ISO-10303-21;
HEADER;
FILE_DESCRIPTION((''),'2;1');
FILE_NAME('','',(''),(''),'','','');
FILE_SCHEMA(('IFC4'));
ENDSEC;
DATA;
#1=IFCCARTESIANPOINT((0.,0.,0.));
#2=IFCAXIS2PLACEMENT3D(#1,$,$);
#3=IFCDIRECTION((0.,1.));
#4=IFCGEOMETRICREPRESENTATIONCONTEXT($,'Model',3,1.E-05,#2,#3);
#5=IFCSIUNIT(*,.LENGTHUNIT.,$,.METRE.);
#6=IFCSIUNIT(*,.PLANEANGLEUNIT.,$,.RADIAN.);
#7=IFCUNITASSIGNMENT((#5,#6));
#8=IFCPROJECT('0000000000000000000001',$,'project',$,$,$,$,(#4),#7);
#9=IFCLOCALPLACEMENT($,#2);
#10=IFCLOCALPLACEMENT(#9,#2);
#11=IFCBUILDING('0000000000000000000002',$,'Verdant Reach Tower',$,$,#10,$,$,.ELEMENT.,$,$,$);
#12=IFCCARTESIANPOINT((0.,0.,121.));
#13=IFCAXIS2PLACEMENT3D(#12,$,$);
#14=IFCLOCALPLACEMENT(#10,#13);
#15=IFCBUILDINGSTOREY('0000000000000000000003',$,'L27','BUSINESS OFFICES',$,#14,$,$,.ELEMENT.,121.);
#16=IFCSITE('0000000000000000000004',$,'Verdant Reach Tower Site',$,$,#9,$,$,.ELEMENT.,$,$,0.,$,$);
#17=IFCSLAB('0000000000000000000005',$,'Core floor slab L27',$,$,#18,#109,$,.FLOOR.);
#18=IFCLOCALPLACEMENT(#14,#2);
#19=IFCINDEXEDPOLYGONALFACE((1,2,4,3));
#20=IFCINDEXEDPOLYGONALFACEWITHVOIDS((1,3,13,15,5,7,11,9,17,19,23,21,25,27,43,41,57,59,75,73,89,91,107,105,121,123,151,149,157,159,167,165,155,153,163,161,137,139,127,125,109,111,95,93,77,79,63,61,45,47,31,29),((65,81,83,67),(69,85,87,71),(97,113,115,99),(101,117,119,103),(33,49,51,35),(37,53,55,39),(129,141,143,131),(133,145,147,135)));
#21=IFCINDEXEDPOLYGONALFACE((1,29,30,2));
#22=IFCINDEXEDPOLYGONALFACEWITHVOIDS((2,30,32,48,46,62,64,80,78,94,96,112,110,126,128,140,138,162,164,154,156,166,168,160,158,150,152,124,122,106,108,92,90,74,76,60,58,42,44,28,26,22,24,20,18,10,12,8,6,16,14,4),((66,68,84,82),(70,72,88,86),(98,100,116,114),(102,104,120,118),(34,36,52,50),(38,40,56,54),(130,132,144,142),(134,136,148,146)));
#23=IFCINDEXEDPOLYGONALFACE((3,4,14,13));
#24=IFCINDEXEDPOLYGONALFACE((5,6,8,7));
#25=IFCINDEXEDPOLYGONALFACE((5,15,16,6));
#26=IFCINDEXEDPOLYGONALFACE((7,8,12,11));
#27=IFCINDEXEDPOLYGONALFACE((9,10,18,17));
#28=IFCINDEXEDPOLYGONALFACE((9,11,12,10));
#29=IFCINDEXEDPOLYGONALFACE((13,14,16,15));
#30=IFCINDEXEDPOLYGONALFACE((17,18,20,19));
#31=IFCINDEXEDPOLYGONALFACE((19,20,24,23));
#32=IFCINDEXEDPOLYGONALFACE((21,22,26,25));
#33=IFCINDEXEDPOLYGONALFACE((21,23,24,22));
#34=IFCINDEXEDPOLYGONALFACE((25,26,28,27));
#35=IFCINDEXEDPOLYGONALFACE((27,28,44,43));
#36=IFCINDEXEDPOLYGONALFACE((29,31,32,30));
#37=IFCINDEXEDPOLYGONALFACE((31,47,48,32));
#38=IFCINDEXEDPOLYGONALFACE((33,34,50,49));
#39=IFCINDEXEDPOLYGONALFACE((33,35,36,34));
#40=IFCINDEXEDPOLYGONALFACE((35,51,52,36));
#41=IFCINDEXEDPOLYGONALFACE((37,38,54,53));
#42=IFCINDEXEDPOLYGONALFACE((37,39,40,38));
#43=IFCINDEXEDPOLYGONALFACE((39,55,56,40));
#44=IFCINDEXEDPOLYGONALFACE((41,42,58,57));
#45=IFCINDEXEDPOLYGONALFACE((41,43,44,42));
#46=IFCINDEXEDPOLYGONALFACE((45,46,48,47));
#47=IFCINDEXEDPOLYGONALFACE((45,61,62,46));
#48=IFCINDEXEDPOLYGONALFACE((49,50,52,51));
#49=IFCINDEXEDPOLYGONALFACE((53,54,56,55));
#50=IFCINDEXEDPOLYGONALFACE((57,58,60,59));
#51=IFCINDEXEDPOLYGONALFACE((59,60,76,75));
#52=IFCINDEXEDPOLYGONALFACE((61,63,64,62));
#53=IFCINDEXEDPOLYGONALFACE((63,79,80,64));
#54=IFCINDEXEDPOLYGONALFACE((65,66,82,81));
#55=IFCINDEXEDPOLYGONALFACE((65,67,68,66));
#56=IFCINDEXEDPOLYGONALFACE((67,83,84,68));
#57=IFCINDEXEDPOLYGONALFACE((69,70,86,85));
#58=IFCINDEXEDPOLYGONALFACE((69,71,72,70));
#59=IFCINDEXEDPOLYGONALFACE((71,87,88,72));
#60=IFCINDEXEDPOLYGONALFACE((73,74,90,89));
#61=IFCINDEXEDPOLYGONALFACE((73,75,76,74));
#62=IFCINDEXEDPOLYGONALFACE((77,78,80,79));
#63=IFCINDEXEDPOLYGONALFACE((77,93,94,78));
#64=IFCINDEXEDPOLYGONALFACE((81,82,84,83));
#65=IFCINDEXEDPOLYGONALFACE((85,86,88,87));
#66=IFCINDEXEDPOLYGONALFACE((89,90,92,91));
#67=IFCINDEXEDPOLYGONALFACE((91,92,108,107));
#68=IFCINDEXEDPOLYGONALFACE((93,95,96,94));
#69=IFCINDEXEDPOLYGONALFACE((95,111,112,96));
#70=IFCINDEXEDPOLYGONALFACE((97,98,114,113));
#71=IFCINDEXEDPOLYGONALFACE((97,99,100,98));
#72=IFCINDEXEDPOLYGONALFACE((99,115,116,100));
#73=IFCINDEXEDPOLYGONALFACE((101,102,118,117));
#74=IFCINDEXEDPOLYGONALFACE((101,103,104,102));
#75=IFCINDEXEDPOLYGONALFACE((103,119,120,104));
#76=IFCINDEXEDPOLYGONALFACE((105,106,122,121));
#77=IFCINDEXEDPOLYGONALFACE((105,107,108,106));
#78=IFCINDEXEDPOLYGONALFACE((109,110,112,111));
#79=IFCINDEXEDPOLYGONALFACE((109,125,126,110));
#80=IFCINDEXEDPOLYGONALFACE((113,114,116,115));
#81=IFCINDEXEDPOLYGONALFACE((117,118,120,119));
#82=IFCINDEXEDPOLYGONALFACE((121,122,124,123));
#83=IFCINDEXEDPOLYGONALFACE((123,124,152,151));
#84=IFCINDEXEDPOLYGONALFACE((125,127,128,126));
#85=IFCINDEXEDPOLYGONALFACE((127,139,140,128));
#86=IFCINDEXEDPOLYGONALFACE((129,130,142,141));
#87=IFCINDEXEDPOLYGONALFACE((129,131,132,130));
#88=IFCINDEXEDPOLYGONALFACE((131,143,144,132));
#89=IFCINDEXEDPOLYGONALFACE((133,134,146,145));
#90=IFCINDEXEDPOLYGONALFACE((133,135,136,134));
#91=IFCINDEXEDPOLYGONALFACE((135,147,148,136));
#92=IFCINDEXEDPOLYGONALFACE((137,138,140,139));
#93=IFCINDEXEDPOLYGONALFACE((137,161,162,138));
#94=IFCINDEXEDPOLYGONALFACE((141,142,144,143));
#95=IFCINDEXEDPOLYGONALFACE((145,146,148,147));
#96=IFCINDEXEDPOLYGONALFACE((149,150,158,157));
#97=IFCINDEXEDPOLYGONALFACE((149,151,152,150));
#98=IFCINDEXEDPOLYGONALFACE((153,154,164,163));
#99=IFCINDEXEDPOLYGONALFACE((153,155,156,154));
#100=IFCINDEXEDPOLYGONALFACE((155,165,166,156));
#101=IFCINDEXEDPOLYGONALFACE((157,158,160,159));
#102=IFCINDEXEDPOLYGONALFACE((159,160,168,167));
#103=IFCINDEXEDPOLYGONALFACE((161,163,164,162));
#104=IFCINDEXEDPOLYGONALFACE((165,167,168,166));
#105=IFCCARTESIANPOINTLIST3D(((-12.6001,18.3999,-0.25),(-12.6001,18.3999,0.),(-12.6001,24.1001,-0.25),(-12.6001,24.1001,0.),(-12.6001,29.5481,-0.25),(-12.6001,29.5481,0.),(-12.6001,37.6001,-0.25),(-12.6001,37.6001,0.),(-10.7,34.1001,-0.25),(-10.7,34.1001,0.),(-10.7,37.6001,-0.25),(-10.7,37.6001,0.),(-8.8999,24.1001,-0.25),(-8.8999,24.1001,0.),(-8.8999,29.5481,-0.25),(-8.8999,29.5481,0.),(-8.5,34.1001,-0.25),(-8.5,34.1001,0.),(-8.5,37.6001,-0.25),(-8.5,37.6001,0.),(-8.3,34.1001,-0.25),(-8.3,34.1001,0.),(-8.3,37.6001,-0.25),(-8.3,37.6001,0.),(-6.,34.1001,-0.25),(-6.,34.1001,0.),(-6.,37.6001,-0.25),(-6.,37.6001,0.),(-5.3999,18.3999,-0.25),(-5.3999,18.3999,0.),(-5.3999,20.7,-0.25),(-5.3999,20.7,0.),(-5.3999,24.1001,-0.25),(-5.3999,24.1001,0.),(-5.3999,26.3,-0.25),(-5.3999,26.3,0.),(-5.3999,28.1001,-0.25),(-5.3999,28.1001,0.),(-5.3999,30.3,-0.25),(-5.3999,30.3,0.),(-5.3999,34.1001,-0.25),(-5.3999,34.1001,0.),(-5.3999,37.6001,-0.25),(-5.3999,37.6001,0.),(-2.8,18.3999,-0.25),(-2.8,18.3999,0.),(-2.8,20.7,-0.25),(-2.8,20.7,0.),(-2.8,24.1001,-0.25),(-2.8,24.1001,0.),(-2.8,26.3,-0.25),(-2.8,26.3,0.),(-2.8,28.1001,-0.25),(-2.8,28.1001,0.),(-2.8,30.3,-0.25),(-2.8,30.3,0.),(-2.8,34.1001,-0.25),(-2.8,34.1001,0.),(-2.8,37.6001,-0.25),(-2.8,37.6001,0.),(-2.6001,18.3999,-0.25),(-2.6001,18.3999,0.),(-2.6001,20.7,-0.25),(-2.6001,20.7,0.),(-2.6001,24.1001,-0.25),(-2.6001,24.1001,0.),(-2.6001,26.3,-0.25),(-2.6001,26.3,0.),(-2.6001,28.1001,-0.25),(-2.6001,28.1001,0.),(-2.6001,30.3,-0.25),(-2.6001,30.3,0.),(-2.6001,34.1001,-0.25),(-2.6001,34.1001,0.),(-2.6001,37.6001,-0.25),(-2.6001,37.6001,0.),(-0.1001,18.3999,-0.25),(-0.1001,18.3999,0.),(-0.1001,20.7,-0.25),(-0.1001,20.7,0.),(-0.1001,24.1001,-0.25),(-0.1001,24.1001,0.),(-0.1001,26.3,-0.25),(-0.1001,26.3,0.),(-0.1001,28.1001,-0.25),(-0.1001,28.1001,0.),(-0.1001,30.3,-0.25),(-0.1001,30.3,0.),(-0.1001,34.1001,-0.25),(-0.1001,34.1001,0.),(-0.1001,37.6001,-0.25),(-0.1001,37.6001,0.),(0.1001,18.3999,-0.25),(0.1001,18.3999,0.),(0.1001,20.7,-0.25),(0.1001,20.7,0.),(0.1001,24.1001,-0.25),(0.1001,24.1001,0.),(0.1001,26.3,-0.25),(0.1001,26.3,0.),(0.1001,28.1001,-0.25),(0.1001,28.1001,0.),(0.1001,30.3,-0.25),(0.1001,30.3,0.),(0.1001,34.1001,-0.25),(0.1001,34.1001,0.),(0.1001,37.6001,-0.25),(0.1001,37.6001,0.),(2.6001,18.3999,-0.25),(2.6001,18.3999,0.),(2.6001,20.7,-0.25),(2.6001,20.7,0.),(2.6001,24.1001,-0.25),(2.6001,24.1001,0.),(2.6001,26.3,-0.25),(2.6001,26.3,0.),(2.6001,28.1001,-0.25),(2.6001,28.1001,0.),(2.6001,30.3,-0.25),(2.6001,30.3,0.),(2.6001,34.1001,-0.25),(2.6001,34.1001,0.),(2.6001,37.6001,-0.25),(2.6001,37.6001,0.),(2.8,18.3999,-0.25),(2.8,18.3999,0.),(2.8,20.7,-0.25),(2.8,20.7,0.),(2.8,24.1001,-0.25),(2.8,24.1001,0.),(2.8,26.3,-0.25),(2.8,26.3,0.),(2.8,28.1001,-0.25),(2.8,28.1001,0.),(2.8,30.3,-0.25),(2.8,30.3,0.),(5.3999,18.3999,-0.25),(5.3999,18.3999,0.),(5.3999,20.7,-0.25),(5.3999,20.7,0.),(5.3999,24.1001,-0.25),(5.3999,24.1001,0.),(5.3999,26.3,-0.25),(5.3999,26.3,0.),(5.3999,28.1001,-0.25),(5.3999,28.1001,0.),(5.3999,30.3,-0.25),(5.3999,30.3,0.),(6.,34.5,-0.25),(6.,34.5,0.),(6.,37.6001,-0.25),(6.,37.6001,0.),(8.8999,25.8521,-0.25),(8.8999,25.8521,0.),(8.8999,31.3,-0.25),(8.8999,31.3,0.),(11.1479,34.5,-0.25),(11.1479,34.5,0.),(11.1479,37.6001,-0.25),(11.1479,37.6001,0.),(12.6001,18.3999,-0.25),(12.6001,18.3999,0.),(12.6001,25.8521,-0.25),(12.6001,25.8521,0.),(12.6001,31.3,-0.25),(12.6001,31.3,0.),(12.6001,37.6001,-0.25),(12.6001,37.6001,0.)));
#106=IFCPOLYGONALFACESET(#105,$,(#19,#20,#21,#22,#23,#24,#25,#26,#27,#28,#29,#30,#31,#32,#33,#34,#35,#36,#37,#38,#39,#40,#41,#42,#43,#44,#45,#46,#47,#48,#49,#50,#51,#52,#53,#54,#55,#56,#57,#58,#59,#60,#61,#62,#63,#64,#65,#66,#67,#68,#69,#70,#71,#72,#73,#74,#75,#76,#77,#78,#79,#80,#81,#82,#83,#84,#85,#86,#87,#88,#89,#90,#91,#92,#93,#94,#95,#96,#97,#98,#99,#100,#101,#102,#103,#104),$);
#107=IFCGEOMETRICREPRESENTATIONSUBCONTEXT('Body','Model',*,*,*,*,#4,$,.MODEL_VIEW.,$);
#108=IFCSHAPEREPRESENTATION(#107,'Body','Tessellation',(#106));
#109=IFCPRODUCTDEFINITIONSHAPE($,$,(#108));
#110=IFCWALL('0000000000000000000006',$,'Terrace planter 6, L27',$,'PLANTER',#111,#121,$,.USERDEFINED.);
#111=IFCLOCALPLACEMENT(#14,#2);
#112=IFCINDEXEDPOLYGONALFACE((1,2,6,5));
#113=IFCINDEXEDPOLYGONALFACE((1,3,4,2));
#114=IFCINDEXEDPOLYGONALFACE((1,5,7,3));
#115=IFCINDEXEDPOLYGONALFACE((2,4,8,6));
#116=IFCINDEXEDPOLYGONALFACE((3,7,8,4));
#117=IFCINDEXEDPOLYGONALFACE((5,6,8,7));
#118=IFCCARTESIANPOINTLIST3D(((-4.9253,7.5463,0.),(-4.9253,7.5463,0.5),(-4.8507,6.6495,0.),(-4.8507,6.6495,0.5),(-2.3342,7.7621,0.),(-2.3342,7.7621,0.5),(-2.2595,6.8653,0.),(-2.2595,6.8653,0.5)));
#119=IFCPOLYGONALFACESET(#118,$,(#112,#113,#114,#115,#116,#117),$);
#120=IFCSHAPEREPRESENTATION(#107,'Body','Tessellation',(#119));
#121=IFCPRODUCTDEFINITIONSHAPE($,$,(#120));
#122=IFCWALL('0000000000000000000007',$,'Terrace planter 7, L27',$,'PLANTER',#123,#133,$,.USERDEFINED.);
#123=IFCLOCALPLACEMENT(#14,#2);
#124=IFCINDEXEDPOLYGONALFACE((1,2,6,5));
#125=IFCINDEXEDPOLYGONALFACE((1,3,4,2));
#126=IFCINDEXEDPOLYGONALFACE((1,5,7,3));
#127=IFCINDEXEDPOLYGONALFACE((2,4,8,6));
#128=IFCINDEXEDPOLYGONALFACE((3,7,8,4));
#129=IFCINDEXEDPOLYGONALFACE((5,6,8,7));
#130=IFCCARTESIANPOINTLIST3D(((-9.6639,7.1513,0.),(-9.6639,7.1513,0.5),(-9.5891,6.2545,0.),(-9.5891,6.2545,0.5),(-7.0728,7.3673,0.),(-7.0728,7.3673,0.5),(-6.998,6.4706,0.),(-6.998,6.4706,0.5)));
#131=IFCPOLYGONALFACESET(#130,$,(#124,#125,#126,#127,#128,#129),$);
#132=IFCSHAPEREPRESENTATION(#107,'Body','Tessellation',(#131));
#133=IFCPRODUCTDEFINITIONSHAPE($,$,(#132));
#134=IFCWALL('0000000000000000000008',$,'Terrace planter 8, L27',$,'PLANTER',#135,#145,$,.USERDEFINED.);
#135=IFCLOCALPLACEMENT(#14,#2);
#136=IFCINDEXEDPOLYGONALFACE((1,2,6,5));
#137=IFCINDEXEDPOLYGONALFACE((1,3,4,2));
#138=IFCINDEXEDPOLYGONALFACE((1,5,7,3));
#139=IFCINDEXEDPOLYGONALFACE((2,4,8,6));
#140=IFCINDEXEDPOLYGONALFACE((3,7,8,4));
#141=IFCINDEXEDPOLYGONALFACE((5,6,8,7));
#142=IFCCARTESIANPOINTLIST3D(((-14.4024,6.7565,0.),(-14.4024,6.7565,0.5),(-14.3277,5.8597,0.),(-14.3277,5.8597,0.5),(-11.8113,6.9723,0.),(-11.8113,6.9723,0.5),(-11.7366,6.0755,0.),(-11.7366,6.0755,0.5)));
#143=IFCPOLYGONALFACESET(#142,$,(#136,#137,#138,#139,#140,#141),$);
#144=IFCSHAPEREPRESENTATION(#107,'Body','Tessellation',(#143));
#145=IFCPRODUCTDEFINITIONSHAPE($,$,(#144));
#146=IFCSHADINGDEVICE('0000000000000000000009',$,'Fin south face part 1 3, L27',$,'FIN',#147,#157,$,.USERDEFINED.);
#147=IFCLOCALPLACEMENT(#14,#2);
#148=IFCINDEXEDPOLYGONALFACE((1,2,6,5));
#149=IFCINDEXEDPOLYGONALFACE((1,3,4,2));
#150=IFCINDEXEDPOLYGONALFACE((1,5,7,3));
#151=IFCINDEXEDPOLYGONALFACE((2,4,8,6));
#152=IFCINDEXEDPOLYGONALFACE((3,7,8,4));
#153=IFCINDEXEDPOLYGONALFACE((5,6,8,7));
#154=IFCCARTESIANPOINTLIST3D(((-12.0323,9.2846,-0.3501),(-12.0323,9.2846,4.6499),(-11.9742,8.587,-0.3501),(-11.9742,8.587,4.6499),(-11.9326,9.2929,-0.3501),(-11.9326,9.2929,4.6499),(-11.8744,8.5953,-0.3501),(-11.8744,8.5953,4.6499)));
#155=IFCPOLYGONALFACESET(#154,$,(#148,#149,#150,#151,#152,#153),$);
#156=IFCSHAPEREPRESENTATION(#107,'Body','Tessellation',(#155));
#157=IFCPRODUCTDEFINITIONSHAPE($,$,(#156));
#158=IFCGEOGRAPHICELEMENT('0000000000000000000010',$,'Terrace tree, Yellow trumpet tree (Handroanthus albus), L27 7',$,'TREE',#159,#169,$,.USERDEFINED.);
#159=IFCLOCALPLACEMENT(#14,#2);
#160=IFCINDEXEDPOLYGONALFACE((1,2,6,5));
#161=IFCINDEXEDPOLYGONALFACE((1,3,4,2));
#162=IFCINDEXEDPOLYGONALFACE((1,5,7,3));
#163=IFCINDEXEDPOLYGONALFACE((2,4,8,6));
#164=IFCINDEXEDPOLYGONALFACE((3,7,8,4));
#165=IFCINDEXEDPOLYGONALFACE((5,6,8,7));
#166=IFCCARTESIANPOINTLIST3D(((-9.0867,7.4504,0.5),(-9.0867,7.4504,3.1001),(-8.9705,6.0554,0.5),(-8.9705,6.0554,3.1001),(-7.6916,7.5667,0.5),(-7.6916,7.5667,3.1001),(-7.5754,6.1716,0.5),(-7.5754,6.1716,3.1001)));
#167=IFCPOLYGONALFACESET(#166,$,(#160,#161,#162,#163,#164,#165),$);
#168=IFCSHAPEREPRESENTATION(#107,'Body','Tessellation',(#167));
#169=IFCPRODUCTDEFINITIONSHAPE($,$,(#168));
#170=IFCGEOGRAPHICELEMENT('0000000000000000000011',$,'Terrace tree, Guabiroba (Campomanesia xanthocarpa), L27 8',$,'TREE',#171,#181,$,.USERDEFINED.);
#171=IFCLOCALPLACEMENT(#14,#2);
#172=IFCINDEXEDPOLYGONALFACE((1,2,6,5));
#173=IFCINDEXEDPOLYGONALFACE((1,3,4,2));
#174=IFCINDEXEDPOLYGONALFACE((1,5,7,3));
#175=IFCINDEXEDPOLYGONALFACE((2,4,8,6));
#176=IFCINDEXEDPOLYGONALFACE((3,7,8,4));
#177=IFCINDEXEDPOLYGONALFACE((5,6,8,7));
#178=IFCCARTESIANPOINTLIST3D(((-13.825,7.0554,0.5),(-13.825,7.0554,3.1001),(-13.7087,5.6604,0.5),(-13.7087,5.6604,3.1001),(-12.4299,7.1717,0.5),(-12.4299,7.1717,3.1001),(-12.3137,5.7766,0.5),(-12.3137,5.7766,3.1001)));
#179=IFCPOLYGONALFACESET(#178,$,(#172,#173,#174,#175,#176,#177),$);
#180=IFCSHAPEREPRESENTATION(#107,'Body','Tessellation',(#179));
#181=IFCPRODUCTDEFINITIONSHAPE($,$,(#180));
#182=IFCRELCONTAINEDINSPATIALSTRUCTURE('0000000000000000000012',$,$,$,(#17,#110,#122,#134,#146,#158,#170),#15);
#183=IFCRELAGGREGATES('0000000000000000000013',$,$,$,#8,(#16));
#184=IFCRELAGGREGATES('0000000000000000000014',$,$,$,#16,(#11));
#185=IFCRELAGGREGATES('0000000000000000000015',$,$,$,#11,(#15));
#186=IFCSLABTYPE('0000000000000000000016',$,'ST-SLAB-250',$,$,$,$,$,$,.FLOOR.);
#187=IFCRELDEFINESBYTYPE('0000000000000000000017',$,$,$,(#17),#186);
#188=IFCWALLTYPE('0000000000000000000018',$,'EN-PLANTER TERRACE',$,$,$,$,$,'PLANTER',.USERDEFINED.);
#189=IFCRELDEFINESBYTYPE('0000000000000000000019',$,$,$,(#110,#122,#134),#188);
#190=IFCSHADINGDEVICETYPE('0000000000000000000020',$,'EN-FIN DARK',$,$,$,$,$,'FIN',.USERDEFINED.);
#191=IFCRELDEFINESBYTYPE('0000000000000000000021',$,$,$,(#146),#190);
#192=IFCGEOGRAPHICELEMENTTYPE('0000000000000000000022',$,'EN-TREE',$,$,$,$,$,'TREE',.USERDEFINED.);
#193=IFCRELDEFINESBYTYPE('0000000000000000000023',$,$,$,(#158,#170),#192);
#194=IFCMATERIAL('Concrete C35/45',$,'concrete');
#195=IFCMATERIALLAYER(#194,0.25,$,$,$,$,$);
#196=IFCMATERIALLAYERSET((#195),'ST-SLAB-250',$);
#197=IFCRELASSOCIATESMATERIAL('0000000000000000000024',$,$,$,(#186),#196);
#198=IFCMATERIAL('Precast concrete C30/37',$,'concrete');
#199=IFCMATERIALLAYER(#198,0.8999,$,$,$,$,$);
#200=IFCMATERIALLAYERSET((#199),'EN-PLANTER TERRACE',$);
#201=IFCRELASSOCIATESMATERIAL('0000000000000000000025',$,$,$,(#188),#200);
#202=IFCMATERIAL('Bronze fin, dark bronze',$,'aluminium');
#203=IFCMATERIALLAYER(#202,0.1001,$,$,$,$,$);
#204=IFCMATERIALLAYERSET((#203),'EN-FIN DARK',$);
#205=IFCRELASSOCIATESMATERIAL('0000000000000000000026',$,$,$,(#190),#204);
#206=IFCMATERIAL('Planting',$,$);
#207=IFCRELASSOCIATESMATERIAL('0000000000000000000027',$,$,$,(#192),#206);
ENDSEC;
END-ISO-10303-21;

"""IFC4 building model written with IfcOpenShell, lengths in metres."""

from ifc_helpers import new_model, si_unit, direction, frame, frame_2d, origin, origin_2d, place, context, subcontext, project, spatial, polyline, rectangle, outline, extrude, material, layer, layer_set, type_object, element, save


model = new_model("IFC4")

# Units and contexts
model_context = context("Model", 3, precision=1e-05, world=origin(), true_north=direction((0.0, 1.0)))
body_context = subcontext(model_context, "Body", "Model", "MODEL_VIEW")
ifc_project = project(units=[si_unit("LENGTHUNIT", "METRE"), si_unit("PLANEANGLEUNIT", "RADIAN")], contexts=[model_context])

# Site, building, storey
site_placement = place(None, origin())
site = spatial("IfcSite", under=ifc_project, at=site_placement, Name="Verdant Reach Tower Site", CompositionType="ELEMENT", RefElevation=0.0)
building_placement = place(site_placement, origin())
building = spatial("IfcBuilding", under=site, at=building_placement, Name="Verdant Reach Tower", CompositionType="ELEMENT")
storey_placement = place(building_placement, frame((0.0, 0.0, 121.0)))
storey = spatial("IfcBuildingStorey", under=building, at=storey_placement, Name="L27", Description="BUSINESS OFFICES", CompositionType="ELEMENT", Elevation=121.0)

# Slab
ifc_material_1 = material(Name="Concrete C35/45", Category="concrete")
ifc_layer_1 = layer(ifc_material_1, 0.25)
ifc_layer_set_1 = layer_set([ifc_layer_1], Name="ST-SLAB-250")
slab_type_1 = type_object("IfcSlabType", Name="ST-SLAB-250", PredefinedType="FLOOR", material=ifc_layer_set_1)
slab_1_placement = place(storey_placement, frame((0.0, 0.0, -0.25)))
element("IfcSlab", 1, at=slab_1_placement, inside=storey, type_object=slab_type_1, Name="Core floor slab L27", PredefinedType="FLOOR", context=body_context, shape_type="SweptSolid", body=[
    extrude(outline(polyline([(12.6001, 18.3999), (5.3999, 18.3999), (5.3999, 20.7), (2.8, 20.7), (2.8, 18.3999), (2.6001, 18.3999), (2.6001, 20.7), (0.1001, 20.7), (0.1001, 18.3999), (-0.1001, 18.3999), (-0.1001, 20.7), (-2.6001, 20.7), (-2.6001, 18.3999), (-2.8, 18.3999), (-2.8, 20.7), (-5.3999, 20.7), (-5.3999, 18.3999), (-12.6001, 18.3999), (-12.6001, 24.1001), (-8.8999, 24.1001), (-8.8999, 29.5481), (-12.6001, 29.5481), (-12.6001, 37.6001), (-10.7, 37.6001), (-10.7, 34.1001), (-8.5, 34.1001), (-8.5, 37.6001), (-8.3, 37.6001), (-8.3, 34.1001), (-6.0, 34.1001), (-6.0, 37.6001), (-5.3999, 37.6001), (-5.3999, 34.1001), (-2.8, 34.1001), (-2.8, 37.6001), (-2.6001, 37.6001), (-2.6001, 34.1001), (-0.1001, 34.1001), (-0.1001, 37.6001), (0.1001, 37.6001), (0.1001, 34.1001), (2.6001, 34.1001), (2.6001, 37.6001), (6.0, 37.6001), (6.0, 34.5), (11.1479, 34.5), (11.1479, 37.6001), (12.6001, 37.6001), (12.6001, 31.3), (8.8999, 31.3), (8.8999, 25.8521), (12.6001, 25.8521), (12.6001, 18.3999)]), holes=[polyline([(-2.8, 24.1001), (-2.8, 26.3), (-5.3999, 26.3), (-5.3999, 24.1001), (-2.8, 24.1001)]), polyline([(-2.6001, 24.1001), (-0.1001, 24.1001), (-0.1001, 26.3), (-2.6001, 26.3), (-2.6001, 24.1001)]), polyline([(-2.8, 28.1001), (-2.8, 30.3), (-5.3999, 30.3), (-5.3999, 28.1001), (-2.8, 28.1001)]), polyline([(-0.1001, 28.1001), (-0.1001, 30.3), (-2.6001, 30.3), (-2.6001, 28.1001), (-0.1001, 28.1001)]), polyline([(2.6001, 24.1001), (2.6001, 26.3), (0.1001, 26.3), (0.1001, 24.1001), (2.6001, 24.1001)]), polyline([(2.8, 24.1001), (5.3999, 24.1001), (5.3999, 26.3), (2.8, 26.3), (2.8, 24.1001)]), polyline([(2.6001, 28.1001), (2.6001, 30.3), (0.1001, 30.3), (0.1001, 28.1001), (2.6001, 28.1001)]), polyline([(5.3999, 28.1001), (5.3999, 30.3), (2.8, 30.3), (2.8, 28.1001), (5.3999, 28.1001)])]), origin(), (0.0, 0.0, 1.0), 0.25),
])

# Walls
ifc_material_2 = material(Name="Precast concrete C30/37", Category="concrete")
ifc_layer_2 = layer(ifc_material_2, 0.8999)
ifc_layer_set_2 = layer_set([ifc_layer_2], Name="EN-PLANTER TERRACE")
wall_type_1 = type_object("IfcWallType", Name="EN-PLANTER TERRACE", ElementType="PLANTER", PredefinedType="USERDEFINED", material=ifc_layer_set_2)
for number, where, z_axis, x_axis, name in (
    (2, (-2.2969, 7.3137, 0.0), (0.0, 0.0, 1.0), (-0.996549, -0.083007, 0.0), "Terrace planter 6, L27"),
    (3, (-7.0354, 6.9189, 0.0), (0.0, 0.0, 1.0), (-0.996541, -0.0831, 0.0), "Terrace planter 7, L27"),
    (4, (-11.7739, 6.5239, 0.0), (0.0, 0.0, 1.0), (-0.996549, -0.083007, 0.0), "Terrace planter 8, L27"),
):
    element("IfcWall", number, at=place(storey_placement, frame(where, z_axis=z_axis, x_axis=x_axis)), inside=storey, type_object=wall_type_1, Name=name, ObjectType="PLANTER", PredefinedType="USERDEFINED", context=body_context, shape_type="SweptSolid", body=[
        extrude(rectangle(XDim=2.6001, YDim=0.8999, at=frame_2d((1.3, 0.0))), origin(), (0.0, 0.0, 1.0), 0.5),
    ])

# Shading device
ifc_material_3 = material(Name="Bronze fin, dark bronze", Category="aluminium")
ifc_layer_3 = layer(ifc_material_3, 0.1001)
ifc_layer_set_3 = layer_set([ifc_layer_3], Name="EN-FIN DARK")
shading_device_type = type_object("IfcShadingDeviceType", Name="EN-FIN DARK", ElementType="FIN", PredefinedType="USERDEFINED", material=ifc_layer_set_3)
shading_device_placement = place(storey_placement, frame((-11.9534, 8.9399, -0.3501), z_axis=(0.0, 0.0, 1.0), x_axis=(0.996546, 0.083045, 0.0)))
element("IfcShadingDevice", 5, at=shading_device_placement, inside=storey, type_object=shading_device_type, Name="Fin south face part 1 3, L27", ObjectType="FIN", PredefinedType="USERDEFINED", context=body_context, shape_type="SweptSolid", body=[
    extrude(rectangle(XDim=0.1001, YDim=0.7, at=origin_2d()), origin(), (0.0, 0.0, 1.0), 5.0),
])

# Geographic elements
ifc_material_4 = material(Name="Planting")
geographic_element_type_1 = type_object("IfcGeographicElementType", Name="EN-TREE", ElementType="TREE", PredefinedType="USERDEFINED", material=ifc_material_4)
for number, where, z_axis, x_axis, name in (
    (6, (-8.3311, 6.811, 0.5), (0.0, 0.0, 1.0), (-0.996546, -0.083045, 0.0), "Terrace tree, Yellow trumpet tree (Handroanthus albus), L27 7"),
    (7, (-13.0693, 6.416, 0.5), (0.0, 0.0, 1.0), (-0.996546, -0.083045, 0.0), "Terrace tree, Guabiroba (Campomanesia xanthocarpa), L27 8"),
):
    element("IfcGeographicElement", number, at=place(storey_placement, frame(where, z_axis=z_axis, x_axis=x_axis)), inside=storey, type_object=geographic_element_type_1, Name=name, ObjectType="TREE", PredefinedType="USERDEFINED", context=body_context, shape_type="SweptSolid", body=[
        extrude(rectangle(XDim=1.3999, YDim=1.3999, at=origin_2d()), origin(), (0.0, 0.0, 1.0), 2.6001),
    ])

save(model, "model.ifc")
